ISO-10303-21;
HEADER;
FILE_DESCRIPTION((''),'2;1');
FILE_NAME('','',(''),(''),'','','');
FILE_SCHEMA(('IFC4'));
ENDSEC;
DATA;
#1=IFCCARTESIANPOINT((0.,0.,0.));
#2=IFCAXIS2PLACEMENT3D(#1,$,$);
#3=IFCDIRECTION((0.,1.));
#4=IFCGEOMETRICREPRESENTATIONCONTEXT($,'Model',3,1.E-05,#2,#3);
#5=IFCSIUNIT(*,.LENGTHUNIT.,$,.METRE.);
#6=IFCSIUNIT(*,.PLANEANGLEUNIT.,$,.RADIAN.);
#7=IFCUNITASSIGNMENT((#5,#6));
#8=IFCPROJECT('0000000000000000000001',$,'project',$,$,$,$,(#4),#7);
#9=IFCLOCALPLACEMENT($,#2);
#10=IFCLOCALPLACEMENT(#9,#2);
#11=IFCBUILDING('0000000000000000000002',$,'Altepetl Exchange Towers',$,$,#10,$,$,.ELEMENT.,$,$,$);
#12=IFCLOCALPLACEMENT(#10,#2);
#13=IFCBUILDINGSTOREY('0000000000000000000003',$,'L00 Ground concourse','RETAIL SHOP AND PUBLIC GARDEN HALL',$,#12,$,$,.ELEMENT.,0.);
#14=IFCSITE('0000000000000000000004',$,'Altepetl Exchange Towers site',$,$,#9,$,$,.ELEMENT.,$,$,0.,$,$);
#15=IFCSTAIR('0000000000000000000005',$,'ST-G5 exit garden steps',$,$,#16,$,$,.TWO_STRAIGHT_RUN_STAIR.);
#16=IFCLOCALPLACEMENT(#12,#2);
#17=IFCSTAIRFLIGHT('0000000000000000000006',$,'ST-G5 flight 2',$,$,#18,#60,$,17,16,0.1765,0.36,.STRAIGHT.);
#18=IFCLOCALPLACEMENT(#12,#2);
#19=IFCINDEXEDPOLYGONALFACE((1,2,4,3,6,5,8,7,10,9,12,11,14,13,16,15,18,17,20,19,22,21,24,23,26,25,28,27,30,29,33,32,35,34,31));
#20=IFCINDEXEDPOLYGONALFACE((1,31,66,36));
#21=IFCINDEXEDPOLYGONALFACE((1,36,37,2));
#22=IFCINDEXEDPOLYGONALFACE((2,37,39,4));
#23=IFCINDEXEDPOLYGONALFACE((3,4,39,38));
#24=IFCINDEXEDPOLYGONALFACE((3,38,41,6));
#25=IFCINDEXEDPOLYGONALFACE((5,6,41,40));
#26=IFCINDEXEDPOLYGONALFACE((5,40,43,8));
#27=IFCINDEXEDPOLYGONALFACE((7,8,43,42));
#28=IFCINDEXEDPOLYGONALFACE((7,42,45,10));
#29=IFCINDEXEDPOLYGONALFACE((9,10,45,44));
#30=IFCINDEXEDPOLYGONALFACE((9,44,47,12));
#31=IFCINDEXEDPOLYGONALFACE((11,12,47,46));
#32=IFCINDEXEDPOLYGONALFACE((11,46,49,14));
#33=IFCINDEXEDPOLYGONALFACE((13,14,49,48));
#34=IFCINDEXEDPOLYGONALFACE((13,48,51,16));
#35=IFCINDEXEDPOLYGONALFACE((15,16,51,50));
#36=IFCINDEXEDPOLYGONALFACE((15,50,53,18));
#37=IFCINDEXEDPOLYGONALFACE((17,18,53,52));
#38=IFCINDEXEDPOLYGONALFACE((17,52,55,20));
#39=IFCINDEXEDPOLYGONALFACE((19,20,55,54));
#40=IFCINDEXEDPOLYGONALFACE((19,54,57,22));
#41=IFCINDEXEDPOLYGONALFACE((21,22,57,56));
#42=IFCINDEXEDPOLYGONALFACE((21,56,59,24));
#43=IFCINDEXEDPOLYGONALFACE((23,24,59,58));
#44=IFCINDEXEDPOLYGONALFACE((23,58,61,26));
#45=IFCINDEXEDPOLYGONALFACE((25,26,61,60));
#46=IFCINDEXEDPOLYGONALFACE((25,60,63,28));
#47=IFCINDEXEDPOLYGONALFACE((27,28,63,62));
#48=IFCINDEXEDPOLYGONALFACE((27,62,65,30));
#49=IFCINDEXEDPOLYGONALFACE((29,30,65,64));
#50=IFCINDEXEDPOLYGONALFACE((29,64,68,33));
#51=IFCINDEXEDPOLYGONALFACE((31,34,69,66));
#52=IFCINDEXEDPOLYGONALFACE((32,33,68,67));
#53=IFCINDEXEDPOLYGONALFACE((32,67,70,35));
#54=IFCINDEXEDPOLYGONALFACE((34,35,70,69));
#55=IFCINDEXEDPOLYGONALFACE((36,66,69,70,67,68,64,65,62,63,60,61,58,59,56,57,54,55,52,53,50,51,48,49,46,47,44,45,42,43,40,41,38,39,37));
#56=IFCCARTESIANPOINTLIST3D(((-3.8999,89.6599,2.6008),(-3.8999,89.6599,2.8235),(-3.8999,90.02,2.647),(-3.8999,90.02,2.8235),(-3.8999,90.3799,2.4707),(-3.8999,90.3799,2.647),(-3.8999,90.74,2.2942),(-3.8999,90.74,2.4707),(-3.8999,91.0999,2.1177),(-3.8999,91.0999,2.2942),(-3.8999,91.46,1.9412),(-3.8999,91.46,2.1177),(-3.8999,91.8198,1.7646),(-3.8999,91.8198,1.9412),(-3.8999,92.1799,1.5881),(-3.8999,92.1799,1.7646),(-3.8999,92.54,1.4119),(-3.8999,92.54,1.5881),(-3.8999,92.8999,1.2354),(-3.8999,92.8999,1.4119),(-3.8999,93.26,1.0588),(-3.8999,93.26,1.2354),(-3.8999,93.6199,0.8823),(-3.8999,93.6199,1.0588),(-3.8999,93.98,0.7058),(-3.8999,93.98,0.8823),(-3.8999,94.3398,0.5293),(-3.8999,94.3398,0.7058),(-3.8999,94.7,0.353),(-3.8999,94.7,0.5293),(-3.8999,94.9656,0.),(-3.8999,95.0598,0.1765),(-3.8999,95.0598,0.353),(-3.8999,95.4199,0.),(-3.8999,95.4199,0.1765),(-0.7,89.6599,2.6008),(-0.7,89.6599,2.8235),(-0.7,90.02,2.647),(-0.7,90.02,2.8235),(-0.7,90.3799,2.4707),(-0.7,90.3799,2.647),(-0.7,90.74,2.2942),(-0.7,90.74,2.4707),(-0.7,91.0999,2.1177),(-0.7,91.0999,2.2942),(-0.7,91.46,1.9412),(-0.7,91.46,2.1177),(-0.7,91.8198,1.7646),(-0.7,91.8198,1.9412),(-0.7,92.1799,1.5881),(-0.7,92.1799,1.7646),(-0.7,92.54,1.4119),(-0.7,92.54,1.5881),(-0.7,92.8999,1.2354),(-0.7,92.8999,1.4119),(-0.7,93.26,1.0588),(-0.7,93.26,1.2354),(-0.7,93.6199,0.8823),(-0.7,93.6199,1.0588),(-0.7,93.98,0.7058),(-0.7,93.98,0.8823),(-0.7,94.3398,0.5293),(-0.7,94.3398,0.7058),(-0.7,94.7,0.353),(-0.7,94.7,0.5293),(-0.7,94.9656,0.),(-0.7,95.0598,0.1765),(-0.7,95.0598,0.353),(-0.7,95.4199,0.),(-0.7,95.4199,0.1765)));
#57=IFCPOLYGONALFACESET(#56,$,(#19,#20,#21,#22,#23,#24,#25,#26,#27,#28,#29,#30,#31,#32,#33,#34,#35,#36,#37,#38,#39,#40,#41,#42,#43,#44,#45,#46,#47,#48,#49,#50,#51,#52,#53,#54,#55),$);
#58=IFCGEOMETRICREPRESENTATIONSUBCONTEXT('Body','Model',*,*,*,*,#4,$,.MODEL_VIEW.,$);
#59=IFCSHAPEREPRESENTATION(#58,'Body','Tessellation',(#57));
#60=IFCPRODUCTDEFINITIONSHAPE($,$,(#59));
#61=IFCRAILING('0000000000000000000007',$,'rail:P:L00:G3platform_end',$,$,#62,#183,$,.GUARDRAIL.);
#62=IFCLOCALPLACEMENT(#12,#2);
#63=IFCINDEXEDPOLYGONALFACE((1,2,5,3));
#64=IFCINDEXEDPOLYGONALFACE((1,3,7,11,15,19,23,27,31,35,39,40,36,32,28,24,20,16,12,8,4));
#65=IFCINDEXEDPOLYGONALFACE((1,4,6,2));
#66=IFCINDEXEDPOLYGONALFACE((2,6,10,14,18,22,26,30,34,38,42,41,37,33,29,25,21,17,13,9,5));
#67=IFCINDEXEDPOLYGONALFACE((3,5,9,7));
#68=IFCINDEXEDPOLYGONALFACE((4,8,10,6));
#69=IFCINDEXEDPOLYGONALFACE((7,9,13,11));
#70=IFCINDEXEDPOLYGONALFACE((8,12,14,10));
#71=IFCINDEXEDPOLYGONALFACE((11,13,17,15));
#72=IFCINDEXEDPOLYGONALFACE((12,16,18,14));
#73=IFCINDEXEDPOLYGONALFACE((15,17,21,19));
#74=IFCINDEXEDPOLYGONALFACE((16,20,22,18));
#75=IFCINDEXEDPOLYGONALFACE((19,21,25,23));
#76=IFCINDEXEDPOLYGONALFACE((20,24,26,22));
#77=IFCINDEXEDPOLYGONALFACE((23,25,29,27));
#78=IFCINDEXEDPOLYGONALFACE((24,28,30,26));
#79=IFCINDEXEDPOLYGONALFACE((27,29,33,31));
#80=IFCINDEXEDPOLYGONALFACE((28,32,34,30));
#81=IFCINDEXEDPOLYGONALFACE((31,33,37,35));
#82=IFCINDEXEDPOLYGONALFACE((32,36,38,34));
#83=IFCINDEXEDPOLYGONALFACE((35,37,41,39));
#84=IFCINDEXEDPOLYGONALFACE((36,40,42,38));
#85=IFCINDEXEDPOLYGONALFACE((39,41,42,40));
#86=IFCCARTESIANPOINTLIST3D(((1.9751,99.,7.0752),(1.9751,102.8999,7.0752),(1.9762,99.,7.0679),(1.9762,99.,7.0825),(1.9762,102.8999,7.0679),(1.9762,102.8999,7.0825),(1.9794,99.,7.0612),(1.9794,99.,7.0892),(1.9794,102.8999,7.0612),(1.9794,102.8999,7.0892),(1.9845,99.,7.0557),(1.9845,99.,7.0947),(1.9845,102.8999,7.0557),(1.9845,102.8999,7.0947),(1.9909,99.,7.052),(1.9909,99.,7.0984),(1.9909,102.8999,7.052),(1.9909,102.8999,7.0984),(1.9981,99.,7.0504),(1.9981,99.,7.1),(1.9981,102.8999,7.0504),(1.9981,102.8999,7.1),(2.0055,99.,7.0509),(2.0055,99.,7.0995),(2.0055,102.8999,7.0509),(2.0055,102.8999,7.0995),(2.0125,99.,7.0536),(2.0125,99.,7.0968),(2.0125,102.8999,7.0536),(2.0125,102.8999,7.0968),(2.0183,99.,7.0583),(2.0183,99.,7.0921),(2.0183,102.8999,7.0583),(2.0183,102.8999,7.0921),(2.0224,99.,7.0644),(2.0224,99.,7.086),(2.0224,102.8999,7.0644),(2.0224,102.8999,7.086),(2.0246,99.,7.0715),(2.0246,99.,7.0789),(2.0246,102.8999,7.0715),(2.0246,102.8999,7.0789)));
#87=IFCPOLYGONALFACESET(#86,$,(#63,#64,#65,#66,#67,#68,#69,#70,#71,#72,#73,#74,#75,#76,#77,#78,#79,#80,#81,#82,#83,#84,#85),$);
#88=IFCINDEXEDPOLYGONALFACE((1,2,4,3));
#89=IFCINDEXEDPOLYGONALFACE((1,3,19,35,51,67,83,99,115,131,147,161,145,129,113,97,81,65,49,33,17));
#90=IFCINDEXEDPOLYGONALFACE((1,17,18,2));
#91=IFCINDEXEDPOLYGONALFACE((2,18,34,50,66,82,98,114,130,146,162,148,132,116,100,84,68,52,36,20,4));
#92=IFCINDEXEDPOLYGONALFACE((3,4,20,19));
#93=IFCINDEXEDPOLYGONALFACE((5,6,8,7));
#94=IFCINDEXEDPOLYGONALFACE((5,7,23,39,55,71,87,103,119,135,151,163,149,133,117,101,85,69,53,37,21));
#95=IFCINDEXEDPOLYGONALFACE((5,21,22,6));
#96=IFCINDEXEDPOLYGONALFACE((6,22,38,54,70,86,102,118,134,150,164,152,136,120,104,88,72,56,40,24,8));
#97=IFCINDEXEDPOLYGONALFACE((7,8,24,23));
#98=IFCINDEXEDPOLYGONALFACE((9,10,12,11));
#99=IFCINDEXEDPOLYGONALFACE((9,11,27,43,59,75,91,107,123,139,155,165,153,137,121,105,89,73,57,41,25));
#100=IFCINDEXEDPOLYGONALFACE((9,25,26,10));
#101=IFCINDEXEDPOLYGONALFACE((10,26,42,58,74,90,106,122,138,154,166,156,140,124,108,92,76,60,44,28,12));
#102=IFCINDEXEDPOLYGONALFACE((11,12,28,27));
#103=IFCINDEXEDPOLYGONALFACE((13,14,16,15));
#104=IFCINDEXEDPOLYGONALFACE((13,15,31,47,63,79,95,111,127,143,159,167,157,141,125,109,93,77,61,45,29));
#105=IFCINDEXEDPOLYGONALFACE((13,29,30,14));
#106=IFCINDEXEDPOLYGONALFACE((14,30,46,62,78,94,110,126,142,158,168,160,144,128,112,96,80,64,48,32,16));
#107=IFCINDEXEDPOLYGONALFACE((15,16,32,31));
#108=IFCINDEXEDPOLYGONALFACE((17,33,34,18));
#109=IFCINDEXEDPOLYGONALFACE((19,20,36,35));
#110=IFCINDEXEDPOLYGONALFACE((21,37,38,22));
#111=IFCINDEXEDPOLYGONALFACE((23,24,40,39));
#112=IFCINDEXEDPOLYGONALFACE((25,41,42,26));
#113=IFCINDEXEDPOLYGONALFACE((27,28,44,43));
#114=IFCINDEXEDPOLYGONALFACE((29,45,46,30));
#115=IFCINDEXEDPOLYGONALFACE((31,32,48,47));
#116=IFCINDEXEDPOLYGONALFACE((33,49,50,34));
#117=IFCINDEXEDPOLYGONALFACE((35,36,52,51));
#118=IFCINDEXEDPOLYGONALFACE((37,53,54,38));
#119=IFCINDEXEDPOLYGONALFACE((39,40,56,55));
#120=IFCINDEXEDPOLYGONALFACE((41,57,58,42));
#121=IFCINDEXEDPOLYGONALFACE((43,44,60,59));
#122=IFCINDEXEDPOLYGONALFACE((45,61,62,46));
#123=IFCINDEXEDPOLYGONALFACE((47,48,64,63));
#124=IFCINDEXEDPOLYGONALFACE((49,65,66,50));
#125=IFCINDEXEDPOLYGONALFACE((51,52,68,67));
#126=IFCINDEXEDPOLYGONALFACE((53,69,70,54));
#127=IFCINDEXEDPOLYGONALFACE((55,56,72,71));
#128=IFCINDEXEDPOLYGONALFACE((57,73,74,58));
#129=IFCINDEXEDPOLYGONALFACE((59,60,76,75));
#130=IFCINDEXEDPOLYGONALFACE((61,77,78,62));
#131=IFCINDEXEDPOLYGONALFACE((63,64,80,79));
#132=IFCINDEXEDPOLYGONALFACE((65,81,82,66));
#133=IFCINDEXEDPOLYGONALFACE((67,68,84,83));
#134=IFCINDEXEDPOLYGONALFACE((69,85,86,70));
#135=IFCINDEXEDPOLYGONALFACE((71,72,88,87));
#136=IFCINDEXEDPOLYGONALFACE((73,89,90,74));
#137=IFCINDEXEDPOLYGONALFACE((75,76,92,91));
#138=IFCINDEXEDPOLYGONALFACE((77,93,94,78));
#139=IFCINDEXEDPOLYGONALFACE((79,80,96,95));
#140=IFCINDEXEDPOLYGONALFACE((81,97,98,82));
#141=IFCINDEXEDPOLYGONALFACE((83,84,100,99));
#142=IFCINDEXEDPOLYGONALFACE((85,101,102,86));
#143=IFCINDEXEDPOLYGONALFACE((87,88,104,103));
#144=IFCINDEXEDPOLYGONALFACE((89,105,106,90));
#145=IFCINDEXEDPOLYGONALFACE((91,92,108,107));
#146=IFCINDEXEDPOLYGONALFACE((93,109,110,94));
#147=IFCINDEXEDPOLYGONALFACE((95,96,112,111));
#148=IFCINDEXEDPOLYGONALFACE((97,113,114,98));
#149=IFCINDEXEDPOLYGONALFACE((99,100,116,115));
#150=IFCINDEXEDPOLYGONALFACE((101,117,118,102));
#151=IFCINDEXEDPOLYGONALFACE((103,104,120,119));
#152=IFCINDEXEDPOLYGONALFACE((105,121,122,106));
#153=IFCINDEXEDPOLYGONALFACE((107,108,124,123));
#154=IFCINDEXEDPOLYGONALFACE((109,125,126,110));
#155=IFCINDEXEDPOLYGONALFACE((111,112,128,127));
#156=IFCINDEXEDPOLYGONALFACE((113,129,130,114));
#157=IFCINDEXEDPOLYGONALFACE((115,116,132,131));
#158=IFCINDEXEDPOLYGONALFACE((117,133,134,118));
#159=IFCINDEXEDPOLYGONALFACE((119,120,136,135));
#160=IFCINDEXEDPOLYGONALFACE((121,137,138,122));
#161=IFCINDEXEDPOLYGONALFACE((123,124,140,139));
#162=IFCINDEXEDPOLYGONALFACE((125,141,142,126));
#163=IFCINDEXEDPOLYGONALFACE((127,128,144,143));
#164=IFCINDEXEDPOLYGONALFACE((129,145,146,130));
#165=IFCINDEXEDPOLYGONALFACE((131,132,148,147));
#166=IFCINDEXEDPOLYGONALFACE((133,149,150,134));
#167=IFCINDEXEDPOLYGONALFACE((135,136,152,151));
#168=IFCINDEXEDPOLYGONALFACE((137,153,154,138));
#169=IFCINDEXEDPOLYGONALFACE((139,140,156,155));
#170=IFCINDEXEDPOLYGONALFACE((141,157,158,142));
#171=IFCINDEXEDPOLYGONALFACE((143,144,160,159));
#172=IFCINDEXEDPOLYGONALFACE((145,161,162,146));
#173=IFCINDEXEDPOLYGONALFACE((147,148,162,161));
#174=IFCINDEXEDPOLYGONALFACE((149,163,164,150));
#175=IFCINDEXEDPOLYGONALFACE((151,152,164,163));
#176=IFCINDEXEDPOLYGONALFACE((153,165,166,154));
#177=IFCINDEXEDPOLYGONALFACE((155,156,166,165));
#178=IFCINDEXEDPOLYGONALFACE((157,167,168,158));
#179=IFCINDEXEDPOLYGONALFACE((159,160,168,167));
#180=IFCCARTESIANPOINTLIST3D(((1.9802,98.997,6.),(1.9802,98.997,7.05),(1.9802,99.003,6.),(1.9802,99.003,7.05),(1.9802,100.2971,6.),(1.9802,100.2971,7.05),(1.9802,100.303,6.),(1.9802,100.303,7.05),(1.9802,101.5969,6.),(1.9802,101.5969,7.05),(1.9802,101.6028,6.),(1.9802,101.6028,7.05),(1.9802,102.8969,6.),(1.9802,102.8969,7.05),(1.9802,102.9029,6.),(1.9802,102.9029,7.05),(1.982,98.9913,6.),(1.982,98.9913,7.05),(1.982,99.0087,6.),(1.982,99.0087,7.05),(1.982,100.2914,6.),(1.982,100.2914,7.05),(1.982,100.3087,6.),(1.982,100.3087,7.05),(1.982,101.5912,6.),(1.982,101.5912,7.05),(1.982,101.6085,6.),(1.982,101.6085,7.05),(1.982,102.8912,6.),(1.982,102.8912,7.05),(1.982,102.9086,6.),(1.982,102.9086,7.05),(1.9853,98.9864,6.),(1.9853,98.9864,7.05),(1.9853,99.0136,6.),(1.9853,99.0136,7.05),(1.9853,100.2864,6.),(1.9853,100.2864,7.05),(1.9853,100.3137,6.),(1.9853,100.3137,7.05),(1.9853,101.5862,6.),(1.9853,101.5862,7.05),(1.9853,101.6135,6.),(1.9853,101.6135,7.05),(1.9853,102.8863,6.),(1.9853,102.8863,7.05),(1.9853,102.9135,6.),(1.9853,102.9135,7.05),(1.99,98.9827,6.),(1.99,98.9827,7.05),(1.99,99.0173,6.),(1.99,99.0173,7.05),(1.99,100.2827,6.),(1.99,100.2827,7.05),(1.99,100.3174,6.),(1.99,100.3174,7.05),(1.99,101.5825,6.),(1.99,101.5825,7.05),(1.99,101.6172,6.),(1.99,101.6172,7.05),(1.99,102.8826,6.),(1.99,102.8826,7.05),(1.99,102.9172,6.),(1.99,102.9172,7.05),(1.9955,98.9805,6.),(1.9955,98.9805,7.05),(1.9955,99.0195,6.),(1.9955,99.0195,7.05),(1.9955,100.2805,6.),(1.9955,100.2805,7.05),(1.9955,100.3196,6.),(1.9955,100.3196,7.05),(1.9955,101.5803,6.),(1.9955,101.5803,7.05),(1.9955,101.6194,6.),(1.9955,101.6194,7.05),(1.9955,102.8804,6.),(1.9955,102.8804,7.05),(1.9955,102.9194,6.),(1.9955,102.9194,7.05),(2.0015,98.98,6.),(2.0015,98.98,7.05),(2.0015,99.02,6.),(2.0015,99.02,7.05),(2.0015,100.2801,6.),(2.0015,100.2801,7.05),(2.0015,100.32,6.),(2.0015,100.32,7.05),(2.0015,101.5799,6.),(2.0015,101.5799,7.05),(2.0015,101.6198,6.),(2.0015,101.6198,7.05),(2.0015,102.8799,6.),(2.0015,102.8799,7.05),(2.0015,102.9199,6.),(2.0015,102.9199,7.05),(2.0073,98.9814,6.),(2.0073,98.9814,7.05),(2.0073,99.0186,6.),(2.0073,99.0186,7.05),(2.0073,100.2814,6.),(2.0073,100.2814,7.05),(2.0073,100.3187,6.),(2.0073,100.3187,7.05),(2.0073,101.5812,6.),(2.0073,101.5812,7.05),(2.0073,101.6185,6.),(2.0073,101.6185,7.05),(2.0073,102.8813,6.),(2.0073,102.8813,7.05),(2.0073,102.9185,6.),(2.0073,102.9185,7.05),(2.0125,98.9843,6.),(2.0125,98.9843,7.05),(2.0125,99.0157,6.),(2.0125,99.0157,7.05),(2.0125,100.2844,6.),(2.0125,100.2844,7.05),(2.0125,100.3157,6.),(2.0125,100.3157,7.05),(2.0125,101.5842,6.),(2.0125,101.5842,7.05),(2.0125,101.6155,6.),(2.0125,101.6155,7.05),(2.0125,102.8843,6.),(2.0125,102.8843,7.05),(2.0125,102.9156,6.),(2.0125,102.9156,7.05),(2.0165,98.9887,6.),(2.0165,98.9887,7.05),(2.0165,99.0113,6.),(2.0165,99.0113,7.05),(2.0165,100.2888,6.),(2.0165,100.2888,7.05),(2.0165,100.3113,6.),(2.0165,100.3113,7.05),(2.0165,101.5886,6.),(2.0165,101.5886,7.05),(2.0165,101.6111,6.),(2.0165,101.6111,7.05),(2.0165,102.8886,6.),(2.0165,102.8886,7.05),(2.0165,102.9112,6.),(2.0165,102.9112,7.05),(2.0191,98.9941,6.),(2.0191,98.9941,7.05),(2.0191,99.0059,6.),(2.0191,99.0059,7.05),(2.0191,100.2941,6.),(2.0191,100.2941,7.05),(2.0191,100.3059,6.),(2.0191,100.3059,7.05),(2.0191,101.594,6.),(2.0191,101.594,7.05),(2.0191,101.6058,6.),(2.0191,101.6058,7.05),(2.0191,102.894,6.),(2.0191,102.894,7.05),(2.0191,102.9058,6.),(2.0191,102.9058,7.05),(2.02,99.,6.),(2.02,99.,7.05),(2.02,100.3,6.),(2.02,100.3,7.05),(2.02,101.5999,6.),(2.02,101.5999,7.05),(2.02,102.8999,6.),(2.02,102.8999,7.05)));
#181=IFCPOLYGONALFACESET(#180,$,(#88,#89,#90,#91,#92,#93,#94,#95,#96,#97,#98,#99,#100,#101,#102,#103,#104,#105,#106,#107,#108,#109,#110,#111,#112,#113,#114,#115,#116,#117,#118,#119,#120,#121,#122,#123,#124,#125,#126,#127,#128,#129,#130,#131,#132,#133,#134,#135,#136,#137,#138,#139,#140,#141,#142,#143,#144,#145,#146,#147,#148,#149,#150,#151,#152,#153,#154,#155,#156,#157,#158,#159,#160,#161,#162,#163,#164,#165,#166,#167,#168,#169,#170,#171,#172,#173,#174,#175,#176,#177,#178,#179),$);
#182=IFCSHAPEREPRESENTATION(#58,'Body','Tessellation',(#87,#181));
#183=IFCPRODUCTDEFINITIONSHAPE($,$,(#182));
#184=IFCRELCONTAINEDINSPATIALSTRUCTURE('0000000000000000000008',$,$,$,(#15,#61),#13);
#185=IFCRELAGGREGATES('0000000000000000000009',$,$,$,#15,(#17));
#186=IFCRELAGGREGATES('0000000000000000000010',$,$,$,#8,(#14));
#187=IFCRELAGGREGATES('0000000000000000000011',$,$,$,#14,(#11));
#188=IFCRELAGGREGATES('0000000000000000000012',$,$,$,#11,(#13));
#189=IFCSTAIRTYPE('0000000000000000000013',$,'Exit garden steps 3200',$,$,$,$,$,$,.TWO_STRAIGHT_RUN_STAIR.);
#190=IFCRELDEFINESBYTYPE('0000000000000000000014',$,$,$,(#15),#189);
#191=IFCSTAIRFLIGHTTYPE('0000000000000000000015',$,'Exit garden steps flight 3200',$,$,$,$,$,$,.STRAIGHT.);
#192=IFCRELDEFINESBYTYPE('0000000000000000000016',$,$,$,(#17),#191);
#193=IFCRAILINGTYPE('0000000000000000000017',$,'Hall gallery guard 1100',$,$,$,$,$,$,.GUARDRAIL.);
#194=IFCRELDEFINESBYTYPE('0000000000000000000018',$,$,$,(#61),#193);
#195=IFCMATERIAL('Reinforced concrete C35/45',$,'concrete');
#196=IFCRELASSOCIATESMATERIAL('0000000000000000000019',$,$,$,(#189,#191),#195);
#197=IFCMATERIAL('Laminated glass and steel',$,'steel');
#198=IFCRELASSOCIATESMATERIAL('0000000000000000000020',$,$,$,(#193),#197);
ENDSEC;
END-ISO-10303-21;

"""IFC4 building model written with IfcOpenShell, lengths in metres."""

from ifc_helpers import new_model, si_unit, direction, frame, origin, origin_2d, place, context, subcontext, project, spatial, polyline, circle, outline, extrude, source, transform, mapped, material, type_object, element, aggregate, save


model = new_model("IFC4")

# Units and contexts
model_context = context("Model", 3, precision=1e-05, world=origin(), true_north=direction((0.0, 1.0)))
body_context = subcontext(model_context, "Body", "Model", "MODEL_VIEW")
ifc_project = project(units=[si_unit("LENGTHUNIT", "METRE"), si_unit("PLANEANGLEUNIT", "RADIAN")], contexts=[model_context])

# Site, building, storey
site_placement = place(None, origin())
site = spatial("IfcSite", under=ifc_project, at=site_placement, Name="Altepetl Exchange Towers site", CompositionType="ELEMENT", RefElevation=0.0)
building_placement = place(site_placement, origin())
building = spatial("IfcBuilding", under=site, at=building_placement, Name="Altepetl Exchange Towers", CompositionType="ELEMENT")
storey_placement = place(building_placement, origin())
storey = spatial("IfcBuildingStorey", under=building, at=storey_placement, Name="L00 Ground concourse", Description="RETAIL SHOP AND PUBLIC GARDEN HALL", CompositionType="ELEMENT", Elevation=0.0)

# Stair, stair flight
ifc_material_1 = material(Name="Reinforced concrete C35/45", Category="concrete")
stair_type = type_object("IfcStairType", Name="Exit garden steps 3200", PredefinedType="TWO_STRAIGHT_RUN_STAIR", material=ifc_material_1)
stair_placement = place(storey_placement, origin())
stair = element("IfcStair", 1, at=stair_placement, inside=storey, type_object=stair_type, Name="ST-G5 exit garden steps", PredefinedType="TWO_STRAIGHT_RUN_STAIR")
stair_flight_type = type_object("IfcStairFlightType", Name="Exit garden steps flight 3200", PredefinedType="STRAIGHT", material=ifc_material_1)
stair_flight_placement = place(storey_placement, frame((-2.3, 95.4199, 0.0), z_axis=(0.0, 0.0, 1.0), x_axis=(0.0, -1.0, 0.0)))
stair_flight = element("IfcStairFlight", 2, at=stair_flight_placement, type_object=stair_flight_type, Name="ST-G5 flight 2", NumberOfRisers=17, NumberOfTreads=16, PredefinedType="STRAIGHT", RiserHeight=0.1765, TreadLength=0.36, context=body_context, shape_type="SweptSolid", body=[
    extrude(outline(polyline([(0.0, 0.0), (0.0, 0.1765), (0.3601, 0.1765), (0.3601, 0.353), (0.72, 0.353), (0.72, 0.5293), (1.0801, 0.5293), (1.0801, 0.7058), (1.4399, 0.7058), (1.4399, 0.8823), (1.8, 0.8823), (1.8, 1.0588), (2.1599, 1.0588), (2.1599, 1.2354), (2.52, 1.2354), (2.52, 1.4119), (2.8799, 1.4119), (2.8799, 1.5881), (3.24, 1.5881), (3.24, 1.7646), (3.6001, 1.7646), (3.6001, 1.9412), (3.96, 1.9412), (3.96, 2.1177), (4.3201, 2.1177), (4.3201, 2.2942), (4.6799, 2.2942), (4.6799, 2.4707), (5.04, 2.4707), (5.04, 2.647), (5.3999, 2.647), (5.3999, 2.8235), (5.76, 2.8235), (5.76, 3.0), (5.76, 2.6008), (0.4543, 0.0), (0.0, 0.0)])), frame((0.0, 1.6001, 0.0), z_axis=(0.0, -1.0, 0.0), x_axis=(1.0, 0.0, 0.0)), (0.0, 0.0, 1.0), 3.2),
])
aggregate(stair, [stair_flight])

# Railing
ifc_material_2 = material(Name="Laminated glass and steel", Category="steel")
railing_type_1 = type_object("IfcRailingType", Name="Hall gallery guard 1100", PredefinedType="GUARDRAIL", material=ifc_material_2)
shared_shape_1 = source(origin(), body_context, "Body", "SweptSolid", [
    extrude(circle(Radius=0.02, at=origin_2d()), origin(), (0.0, 0.0, 1.0), 1.05),
])
railing_1_placement = place(storey_placement, frame((2.0, 99.0, 6.0)))
element("IfcRailing", 3, at=railing_1_placement, inside=storey, type_object=railing_type_1, Name="rail:P:L00:G3platform_end", PredefinedType="GUARDRAIL", context=body_context, shape_type="SweptSolid", body=[
    extrude(circle(Radius=0.0249, at=origin_2d()), frame((0.0, 0.0, 1.0752), z_axis=(0.0, 1.0, 0.0), x_axis=(-1.0, 0.0, 0.0)), (0.0, 0.0, 1.0), 3.8999),
    mapped(shared_shape_1, transform((0.0, 0.0, 0.0))),
    mapped(shared_shape_1, transform((0.0, 1.3, 0.0))),
    mapped(shared_shape_1, transform((0.0, 2.5999, 0.0))),
    mapped(shared_shape_1, transform((0.0, 3.8999, 0.0))),
])

save(model, "model.ifc")
